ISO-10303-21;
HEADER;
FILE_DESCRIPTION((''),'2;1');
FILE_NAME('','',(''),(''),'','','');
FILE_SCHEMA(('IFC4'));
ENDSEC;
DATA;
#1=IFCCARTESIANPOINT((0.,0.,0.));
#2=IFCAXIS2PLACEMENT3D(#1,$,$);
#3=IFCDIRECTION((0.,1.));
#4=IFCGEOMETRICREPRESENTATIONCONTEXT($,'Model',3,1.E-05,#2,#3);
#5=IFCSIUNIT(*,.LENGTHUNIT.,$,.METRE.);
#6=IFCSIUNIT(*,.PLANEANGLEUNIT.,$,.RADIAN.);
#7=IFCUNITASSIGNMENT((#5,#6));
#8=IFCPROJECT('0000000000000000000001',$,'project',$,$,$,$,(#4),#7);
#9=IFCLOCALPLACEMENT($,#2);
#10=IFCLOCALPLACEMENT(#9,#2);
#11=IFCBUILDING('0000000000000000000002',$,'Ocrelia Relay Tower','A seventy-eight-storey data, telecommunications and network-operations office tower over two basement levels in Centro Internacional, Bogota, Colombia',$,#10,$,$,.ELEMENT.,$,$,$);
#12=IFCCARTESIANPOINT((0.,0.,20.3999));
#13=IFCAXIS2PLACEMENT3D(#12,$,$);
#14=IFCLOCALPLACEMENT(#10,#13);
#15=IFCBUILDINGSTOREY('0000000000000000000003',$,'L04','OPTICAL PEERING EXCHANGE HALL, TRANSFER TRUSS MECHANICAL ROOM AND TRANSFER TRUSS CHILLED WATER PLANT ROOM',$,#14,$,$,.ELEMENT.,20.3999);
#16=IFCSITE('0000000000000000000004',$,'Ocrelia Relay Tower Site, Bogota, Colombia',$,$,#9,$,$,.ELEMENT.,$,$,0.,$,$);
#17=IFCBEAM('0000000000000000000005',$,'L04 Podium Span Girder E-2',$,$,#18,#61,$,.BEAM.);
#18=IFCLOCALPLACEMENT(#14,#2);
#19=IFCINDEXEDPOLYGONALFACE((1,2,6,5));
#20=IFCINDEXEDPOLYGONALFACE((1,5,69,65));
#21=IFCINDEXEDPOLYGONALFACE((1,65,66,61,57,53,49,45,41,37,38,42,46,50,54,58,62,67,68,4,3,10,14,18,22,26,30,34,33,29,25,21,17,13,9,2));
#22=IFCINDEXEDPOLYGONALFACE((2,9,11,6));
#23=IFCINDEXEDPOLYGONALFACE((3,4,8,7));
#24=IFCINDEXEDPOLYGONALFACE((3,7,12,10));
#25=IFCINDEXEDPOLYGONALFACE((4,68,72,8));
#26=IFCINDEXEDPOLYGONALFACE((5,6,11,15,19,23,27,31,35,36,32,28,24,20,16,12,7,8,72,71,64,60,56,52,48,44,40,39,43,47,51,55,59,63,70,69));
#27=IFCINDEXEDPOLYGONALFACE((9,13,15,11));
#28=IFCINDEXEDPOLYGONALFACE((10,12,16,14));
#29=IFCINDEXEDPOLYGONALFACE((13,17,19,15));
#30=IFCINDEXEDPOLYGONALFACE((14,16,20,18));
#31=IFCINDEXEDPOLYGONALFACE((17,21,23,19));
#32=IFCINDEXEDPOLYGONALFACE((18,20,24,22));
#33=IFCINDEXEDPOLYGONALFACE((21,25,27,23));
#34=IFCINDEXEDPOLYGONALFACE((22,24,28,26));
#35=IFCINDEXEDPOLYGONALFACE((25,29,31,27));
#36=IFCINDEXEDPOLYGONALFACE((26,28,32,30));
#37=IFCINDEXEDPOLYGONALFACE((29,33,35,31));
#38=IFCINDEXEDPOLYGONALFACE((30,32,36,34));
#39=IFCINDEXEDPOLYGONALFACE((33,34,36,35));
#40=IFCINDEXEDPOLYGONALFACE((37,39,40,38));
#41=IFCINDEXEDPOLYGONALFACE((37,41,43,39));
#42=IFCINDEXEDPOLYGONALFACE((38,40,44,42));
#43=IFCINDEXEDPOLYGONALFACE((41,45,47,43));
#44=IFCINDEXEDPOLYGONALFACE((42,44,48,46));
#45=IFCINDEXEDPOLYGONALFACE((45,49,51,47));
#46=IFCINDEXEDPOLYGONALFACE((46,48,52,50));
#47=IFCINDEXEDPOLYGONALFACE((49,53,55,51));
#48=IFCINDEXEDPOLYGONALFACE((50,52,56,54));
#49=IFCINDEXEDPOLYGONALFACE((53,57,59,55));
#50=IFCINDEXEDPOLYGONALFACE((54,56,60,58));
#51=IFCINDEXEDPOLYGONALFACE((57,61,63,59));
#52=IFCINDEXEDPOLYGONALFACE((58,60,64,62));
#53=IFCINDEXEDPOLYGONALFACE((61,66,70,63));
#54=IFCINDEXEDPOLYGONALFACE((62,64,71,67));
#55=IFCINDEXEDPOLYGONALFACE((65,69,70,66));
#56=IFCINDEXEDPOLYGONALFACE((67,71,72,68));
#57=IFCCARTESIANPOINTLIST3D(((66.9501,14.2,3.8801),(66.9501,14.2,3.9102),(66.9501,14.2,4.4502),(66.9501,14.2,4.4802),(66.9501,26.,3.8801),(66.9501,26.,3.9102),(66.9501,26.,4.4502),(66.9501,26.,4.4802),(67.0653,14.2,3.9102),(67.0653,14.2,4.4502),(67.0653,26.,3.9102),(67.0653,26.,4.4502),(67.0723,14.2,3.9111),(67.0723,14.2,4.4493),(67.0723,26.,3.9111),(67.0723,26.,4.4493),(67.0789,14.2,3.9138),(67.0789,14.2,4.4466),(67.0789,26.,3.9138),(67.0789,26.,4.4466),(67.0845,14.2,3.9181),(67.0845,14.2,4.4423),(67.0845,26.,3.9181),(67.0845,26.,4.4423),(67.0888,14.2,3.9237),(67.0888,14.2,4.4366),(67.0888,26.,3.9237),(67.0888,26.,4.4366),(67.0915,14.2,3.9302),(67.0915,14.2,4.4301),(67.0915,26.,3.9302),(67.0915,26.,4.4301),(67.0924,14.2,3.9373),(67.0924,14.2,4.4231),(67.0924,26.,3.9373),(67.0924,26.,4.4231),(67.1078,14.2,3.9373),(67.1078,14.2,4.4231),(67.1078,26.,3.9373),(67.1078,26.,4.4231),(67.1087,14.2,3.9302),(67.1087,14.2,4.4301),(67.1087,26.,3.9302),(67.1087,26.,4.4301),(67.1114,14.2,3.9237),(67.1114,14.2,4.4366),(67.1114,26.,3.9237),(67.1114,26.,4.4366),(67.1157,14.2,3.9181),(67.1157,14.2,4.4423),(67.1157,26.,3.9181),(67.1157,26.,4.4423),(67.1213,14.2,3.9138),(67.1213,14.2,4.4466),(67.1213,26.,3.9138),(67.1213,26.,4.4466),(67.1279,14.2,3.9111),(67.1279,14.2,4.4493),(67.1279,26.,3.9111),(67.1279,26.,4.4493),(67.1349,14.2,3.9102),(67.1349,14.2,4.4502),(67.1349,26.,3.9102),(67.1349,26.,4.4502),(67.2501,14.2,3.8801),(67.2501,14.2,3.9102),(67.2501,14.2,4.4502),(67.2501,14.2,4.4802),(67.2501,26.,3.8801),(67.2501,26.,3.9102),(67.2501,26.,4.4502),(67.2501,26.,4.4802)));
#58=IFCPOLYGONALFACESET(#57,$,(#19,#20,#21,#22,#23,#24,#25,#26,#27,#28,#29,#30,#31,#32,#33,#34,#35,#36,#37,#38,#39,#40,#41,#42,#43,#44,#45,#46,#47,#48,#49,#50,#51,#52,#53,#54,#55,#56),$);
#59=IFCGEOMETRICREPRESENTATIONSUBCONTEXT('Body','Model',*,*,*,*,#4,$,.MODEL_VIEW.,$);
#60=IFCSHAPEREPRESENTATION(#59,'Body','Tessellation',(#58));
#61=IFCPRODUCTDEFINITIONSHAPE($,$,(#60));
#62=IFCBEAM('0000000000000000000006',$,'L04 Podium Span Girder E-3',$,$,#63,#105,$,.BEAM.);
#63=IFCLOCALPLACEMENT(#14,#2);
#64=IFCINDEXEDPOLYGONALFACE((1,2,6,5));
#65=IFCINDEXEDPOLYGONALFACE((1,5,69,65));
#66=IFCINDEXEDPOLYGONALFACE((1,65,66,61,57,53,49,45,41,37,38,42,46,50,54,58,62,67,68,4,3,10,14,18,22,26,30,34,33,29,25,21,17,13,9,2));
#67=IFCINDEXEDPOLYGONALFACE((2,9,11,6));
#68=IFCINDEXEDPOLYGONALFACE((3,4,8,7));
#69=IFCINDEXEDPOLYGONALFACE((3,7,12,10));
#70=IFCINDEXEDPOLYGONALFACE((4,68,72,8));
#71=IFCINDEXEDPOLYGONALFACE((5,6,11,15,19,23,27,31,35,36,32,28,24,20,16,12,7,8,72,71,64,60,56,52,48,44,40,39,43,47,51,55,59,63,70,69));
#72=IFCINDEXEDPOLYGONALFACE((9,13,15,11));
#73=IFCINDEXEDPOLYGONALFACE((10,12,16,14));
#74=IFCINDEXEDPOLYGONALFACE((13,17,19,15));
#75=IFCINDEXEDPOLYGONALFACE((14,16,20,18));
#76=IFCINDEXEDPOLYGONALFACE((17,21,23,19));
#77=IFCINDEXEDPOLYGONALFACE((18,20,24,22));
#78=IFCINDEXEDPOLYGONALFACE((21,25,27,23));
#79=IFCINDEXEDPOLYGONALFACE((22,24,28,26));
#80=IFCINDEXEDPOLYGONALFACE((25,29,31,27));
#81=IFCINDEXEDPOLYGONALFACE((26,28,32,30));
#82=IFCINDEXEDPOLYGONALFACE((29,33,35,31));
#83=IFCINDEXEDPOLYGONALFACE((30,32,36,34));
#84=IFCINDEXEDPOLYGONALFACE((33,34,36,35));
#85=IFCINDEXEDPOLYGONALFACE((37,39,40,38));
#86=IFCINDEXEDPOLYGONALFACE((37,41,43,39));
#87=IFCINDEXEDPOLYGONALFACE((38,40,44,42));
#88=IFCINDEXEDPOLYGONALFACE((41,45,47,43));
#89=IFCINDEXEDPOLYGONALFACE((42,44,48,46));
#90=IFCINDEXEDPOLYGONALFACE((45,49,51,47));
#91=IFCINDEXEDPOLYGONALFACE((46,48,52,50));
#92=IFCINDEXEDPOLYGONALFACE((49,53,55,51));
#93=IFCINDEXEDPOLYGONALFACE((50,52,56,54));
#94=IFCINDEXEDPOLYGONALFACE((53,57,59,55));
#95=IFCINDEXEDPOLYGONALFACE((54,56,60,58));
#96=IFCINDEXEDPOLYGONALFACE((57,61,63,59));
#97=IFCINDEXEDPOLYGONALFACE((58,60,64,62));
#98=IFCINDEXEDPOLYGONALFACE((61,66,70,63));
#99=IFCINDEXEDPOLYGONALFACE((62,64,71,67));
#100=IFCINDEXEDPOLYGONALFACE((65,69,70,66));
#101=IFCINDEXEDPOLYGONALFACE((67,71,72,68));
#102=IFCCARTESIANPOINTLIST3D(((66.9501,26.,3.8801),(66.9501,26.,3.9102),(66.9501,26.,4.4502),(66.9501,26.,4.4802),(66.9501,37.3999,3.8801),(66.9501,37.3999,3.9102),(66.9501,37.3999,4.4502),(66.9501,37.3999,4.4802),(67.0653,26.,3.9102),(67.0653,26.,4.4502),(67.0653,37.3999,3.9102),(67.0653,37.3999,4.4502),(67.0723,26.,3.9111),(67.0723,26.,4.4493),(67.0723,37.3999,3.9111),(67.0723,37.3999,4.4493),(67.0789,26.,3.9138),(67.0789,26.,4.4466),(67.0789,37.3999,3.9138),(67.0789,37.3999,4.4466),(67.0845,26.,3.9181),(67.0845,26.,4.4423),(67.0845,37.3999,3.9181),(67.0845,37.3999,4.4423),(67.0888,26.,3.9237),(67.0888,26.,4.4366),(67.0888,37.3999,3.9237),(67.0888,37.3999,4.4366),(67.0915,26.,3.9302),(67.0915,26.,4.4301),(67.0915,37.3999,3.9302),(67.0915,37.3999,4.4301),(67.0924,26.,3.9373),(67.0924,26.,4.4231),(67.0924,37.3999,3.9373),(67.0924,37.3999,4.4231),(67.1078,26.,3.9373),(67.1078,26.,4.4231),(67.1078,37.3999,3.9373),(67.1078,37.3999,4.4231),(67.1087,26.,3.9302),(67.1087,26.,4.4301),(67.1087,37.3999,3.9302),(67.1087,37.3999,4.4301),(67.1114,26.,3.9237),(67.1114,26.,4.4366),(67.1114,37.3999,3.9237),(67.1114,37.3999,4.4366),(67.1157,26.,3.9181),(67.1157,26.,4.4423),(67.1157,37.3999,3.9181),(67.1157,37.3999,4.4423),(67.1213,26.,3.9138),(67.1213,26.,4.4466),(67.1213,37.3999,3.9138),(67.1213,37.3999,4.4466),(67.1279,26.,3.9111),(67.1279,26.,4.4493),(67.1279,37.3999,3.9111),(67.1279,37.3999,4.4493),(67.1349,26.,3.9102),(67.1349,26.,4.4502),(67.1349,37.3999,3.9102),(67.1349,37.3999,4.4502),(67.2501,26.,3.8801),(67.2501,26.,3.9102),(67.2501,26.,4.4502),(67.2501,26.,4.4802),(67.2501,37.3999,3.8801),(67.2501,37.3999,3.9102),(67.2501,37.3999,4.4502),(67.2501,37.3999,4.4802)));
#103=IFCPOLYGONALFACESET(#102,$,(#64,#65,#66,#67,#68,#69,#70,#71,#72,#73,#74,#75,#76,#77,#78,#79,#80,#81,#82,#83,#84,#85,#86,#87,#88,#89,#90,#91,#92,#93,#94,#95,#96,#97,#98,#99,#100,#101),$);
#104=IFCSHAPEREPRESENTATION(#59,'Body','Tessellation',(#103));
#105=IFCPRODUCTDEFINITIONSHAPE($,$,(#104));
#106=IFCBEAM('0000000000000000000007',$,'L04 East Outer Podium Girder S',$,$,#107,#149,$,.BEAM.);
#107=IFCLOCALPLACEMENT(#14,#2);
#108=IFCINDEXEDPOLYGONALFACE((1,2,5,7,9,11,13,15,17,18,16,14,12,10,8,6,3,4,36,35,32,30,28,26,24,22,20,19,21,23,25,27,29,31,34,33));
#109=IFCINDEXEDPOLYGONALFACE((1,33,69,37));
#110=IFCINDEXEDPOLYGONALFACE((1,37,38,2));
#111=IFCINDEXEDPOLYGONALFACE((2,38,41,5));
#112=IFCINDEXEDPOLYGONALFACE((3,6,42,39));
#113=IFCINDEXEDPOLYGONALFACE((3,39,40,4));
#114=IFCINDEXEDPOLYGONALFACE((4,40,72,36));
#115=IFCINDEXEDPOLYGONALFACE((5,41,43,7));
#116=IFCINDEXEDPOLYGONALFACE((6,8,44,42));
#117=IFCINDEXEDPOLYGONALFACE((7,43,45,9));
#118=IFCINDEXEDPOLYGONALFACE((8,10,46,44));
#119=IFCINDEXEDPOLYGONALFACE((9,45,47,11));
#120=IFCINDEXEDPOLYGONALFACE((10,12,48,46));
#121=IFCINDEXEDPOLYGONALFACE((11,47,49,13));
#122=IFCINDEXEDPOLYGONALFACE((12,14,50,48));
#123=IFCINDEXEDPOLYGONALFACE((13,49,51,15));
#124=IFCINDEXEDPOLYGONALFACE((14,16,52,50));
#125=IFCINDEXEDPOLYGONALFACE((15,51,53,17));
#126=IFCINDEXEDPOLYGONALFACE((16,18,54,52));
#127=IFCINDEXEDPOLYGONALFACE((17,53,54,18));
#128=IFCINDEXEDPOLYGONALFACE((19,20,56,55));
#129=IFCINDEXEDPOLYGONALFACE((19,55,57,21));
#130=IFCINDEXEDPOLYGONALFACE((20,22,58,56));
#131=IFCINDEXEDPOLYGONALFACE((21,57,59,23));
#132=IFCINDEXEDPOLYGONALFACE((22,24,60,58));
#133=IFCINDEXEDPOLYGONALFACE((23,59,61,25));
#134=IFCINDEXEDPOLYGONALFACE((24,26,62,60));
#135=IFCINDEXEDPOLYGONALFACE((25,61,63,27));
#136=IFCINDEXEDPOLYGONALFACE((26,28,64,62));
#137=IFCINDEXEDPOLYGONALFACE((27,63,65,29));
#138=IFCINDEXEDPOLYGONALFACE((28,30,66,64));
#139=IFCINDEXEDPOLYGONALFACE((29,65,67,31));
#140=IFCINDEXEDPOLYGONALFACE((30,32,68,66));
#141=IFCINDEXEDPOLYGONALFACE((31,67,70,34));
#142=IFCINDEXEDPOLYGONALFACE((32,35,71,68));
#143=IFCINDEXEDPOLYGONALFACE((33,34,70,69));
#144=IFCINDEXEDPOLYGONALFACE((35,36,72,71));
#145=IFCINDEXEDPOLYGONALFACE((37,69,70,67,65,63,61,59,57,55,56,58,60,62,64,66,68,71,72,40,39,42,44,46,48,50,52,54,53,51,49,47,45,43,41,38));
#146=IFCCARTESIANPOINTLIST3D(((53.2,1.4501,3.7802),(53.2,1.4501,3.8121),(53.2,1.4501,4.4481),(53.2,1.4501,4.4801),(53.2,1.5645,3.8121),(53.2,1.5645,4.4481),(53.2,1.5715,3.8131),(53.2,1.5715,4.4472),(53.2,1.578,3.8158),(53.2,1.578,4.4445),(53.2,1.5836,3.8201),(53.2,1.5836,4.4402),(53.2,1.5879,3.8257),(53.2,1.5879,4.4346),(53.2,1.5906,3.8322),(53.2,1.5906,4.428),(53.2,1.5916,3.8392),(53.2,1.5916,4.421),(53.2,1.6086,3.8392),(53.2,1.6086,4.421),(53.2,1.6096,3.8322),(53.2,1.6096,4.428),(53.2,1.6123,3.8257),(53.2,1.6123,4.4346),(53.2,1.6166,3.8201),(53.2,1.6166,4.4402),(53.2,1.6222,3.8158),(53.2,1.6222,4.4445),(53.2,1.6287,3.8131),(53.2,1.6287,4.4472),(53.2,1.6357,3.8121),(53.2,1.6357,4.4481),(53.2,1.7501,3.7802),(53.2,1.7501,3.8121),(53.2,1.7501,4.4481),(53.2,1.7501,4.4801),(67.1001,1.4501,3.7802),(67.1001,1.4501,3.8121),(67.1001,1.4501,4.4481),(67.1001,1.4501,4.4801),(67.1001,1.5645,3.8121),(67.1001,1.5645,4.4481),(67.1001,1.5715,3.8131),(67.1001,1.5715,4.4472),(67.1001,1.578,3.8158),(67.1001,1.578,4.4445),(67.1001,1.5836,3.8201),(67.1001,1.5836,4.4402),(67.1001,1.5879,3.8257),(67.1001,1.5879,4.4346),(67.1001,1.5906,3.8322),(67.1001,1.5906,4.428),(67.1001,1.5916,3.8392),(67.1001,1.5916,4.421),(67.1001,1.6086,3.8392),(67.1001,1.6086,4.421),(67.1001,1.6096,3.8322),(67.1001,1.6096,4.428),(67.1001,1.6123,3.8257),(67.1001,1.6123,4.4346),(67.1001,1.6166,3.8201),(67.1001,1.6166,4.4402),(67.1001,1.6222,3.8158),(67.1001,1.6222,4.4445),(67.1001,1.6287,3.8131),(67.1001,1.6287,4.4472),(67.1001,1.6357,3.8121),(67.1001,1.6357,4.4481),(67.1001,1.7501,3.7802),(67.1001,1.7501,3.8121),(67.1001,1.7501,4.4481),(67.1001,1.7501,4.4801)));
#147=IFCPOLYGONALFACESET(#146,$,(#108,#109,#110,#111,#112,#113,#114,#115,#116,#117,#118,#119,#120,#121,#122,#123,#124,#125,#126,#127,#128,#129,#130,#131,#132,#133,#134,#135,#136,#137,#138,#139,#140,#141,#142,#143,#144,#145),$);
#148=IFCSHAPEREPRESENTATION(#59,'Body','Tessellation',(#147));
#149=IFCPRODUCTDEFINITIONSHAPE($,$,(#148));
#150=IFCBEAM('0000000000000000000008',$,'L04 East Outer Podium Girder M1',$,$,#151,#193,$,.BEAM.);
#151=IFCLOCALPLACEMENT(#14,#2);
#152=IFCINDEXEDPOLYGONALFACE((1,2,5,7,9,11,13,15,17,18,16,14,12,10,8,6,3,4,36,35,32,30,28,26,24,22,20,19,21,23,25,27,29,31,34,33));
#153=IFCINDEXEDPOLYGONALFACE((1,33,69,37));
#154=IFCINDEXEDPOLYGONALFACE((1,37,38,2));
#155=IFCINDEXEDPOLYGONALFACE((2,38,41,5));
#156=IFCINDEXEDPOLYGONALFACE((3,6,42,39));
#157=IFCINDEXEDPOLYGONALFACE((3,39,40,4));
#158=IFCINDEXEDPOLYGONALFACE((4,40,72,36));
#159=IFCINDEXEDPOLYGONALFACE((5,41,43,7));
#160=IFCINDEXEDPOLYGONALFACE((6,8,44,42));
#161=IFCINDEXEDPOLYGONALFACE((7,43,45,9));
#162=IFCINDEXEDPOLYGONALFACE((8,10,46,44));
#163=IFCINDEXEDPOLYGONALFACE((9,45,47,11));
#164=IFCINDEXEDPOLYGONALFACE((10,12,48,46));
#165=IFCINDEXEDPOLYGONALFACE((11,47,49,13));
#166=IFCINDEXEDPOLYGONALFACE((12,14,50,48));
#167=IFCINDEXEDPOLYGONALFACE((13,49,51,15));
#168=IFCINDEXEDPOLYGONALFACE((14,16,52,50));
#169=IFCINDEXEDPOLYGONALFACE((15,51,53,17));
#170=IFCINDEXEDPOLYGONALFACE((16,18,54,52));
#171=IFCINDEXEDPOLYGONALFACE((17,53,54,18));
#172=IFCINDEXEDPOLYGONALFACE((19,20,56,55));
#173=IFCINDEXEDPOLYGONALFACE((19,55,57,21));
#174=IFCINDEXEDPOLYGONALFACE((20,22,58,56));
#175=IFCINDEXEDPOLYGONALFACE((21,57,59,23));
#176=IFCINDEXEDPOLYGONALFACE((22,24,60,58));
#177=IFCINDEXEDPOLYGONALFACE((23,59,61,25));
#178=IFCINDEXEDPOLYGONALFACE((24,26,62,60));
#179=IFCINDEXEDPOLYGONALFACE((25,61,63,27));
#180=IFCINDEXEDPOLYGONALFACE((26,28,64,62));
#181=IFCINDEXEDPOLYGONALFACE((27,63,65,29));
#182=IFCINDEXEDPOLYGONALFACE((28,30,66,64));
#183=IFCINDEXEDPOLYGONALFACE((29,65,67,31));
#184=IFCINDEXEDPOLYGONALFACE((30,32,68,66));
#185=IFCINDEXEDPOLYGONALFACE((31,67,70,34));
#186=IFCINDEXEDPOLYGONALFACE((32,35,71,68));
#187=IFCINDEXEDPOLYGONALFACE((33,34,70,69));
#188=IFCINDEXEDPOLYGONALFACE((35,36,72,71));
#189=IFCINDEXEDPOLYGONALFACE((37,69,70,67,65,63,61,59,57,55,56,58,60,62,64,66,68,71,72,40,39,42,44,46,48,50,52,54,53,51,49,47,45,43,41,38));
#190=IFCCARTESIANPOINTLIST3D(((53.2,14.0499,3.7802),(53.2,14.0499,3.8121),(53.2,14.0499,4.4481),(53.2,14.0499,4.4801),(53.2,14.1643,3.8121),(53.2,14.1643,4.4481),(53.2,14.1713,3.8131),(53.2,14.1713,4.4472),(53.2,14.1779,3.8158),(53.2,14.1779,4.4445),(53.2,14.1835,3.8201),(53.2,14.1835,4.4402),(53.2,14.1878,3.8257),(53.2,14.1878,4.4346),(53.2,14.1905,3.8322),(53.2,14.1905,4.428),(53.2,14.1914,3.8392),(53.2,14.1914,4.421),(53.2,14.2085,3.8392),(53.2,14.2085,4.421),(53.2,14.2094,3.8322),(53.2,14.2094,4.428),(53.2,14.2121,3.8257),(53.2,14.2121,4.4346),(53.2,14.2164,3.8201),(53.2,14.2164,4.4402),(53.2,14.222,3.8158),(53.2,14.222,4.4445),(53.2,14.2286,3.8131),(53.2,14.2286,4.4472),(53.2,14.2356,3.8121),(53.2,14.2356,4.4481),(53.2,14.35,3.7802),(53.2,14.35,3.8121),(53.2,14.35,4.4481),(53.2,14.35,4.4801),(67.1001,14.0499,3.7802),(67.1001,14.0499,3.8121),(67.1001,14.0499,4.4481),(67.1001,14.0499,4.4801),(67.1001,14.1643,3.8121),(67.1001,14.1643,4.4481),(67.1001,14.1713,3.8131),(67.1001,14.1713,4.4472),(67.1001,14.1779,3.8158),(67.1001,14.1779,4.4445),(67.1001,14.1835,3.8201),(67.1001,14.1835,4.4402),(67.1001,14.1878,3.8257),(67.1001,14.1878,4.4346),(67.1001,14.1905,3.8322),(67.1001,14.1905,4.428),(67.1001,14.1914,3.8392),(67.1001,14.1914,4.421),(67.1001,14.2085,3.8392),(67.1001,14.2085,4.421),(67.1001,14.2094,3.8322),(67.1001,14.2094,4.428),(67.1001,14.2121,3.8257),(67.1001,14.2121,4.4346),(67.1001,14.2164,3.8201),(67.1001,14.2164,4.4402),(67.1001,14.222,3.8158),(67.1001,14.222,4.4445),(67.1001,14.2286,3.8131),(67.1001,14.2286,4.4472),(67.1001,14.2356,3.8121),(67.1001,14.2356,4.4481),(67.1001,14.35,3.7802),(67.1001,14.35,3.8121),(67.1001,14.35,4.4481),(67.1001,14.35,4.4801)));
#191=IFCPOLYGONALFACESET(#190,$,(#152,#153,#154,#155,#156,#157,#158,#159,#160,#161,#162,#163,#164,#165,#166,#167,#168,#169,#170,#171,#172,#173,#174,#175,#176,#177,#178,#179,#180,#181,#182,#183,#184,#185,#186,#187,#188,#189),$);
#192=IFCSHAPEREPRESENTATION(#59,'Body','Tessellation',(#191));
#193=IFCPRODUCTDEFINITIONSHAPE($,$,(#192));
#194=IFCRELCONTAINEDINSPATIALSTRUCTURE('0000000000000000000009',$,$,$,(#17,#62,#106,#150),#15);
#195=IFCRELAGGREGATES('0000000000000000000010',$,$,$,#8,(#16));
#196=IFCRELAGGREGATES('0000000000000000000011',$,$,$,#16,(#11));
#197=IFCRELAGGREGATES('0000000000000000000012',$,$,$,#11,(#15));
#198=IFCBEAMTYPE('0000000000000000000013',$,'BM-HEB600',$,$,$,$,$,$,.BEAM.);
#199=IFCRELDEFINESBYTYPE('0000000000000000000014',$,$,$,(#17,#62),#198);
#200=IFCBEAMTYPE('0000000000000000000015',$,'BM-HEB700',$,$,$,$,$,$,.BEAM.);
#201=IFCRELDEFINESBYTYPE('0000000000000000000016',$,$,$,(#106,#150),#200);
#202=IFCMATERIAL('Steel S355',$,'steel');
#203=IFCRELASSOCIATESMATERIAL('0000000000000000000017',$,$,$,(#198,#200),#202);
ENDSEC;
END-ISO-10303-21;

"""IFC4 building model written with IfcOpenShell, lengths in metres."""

from ifc_helpers import new_model, si_unit, direction, frame, origin, origin_2d, place, context, subcontext, project, spatial, i_section, extrude, material, material_profile, profile_set, type_object, element, save


model = new_model("IFC4")

# Units and contexts
model_context = context("Model", 3, precision=1e-05, world=origin(), true_north=direction((0.0, 1.0)))
body_context = subcontext(model_context, "Body", "Model", "MODEL_VIEW")
ifc_project = project(units=[si_unit("LENGTHUNIT", "METRE"), si_unit("PLANEANGLEUNIT", "RADIAN")], contexts=[model_context])

# Site, building, storey
site_placement = place(None, origin())
site = spatial("IfcSite", under=ifc_project, at=site_placement, Name="Ocrelia Relay Tower Site, Bogota, Colombia", CompositionType="ELEMENT", RefElevation=0.0)
building_placement = place(site_placement, origin())
building = spatial("IfcBuilding", under=site, at=building_placement, Name="Ocrelia Relay Tower", Description="A seventy-eight-storey data, telecommunications and network-operations office tower over two basement levels in Centro Internacional, Bogota, Colombia", CompositionType="ELEMENT")
storey_placement = place(building_placement, frame((0.0, 0.0, 20.3999)))
storey = spatial("IfcBuildingStorey", under=building, at=storey_placement, Name="L04", Description="OPTICAL PEERING EXCHANGE HALL, TRANSFER TRUSS MECHANICAL ROOM AND TRANSFER TRUSS CHILLED WATER PLANT ROOM", CompositionType="ELEMENT", Elevation=20.3999)

# Beams
ifc_material_1 = material(Name="Steel S355", Category="steel")
ifc_material_profile_1 = material_profile(ifc_material_1, i_section(OverallWidth=0.3, OverallDepth=0.6001, WebThickness=0.0154, FlangeThickness=0.03, FilletRadius=0.0271, at=origin_2d()), Name="HEB 600")
ifc_profile_set_1 = profile_set([ifc_material_profile_1], Name="Steel S355")
beam_type_1 = type_object("IfcBeamType", Name="BM-HEB600", PredefinedType="BEAM", material=ifc_profile_set_1)
beam_1_placement = place(storey_placement, frame((67.1001, 14.2, 4.1802), z_axis=(0.0, 1.0, 0.0), x_axis=(-1.0, 0.0, 0.0)))
element("IfcBeam", 1, at=beam_1_placement, inside=storey, type_object=beam_type_1, Name="L04 Podium Span Girder E-2", PredefinedType="BEAM", context=body_context, shape_type="SweptSolid", body=[
    extrude(i_section(OverallWidth=0.3, OverallDepth=0.6001, WebThickness=0.0154, FlangeThickness=0.03, FilletRadius=0.0271, at=origin_2d()), origin(), (0.0, 0.0, 1.0), 11.8),
])
beam_2_placement = place(storey_placement, frame((67.1001, 26.0, 4.1802), z_axis=(0.0, 1.0, 0.0), x_axis=(-1.0, 0.0, 0.0)))
element("IfcBeam", 2, at=beam_2_placement, inside=storey, type_object=beam_type_1, Name="L04 Podium Span Girder E-3", PredefinedType="BEAM", context=body_context, shape_type="SweptSolid", body=[
    extrude(i_section(OverallWidth=0.3, OverallDepth=0.6001, WebThickness=0.0154, FlangeThickness=0.03, FilletRadius=0.0271, at=origin_2d()), origin(), (0.0, 0.0, 1.0), 11.3999),
])
ifc_material_profile_2 = material_profile(ifc_material_1, i_section(OverallWidth=0.3, OverallDepth=0.7, WebThickness=0.0171, FlangeThickness=0.032, FilletRadius=0.0271, at=origin_2d()), Name="HEB 700")
ifc_profile_set_2 = profile_set([ifc_material_profile_2], Name="Steel S355")
beam_type_2 = type_object("IfcBeamType", Name="BM-HEB700", PredefinedType="BEAM", material=ifc_profile_set_2)
for number, where, z_axis, x_axis, name in (
    (3, (53.2, 1.6001, 4.1301), (1.0, 0.0, 0.0), (0.0, 1.0, 0.0), "L04 East Outer Podium Girder S"),
    (4, (53.2, 14.2, 4.1301), (1.0, 0.0, 0.0), (0.0, 1.0, 0.0), "L04 East Outer Podium Girder M1"),
):
    element("IfcBeam", number, at=place(storey_placement, frame(where, z_axis=z_axis, x_axis=x_axis)), inside=storey, type_object=beam_type_2, Name=name, PredefinedType="BEAM", context=body_context, shape_type="SweptSolid", body=[
        extrude(i_section(OverallWidth=0.3, OverallDepth=0.7, WebThickness=0.0171, FlangeThickness=0.032, FilletRadius=0.0271, at=origin_2d()), origin(), (0.0, 0.0, 1.0), 13.9001),
    ])

save(model, "model.ifc")
